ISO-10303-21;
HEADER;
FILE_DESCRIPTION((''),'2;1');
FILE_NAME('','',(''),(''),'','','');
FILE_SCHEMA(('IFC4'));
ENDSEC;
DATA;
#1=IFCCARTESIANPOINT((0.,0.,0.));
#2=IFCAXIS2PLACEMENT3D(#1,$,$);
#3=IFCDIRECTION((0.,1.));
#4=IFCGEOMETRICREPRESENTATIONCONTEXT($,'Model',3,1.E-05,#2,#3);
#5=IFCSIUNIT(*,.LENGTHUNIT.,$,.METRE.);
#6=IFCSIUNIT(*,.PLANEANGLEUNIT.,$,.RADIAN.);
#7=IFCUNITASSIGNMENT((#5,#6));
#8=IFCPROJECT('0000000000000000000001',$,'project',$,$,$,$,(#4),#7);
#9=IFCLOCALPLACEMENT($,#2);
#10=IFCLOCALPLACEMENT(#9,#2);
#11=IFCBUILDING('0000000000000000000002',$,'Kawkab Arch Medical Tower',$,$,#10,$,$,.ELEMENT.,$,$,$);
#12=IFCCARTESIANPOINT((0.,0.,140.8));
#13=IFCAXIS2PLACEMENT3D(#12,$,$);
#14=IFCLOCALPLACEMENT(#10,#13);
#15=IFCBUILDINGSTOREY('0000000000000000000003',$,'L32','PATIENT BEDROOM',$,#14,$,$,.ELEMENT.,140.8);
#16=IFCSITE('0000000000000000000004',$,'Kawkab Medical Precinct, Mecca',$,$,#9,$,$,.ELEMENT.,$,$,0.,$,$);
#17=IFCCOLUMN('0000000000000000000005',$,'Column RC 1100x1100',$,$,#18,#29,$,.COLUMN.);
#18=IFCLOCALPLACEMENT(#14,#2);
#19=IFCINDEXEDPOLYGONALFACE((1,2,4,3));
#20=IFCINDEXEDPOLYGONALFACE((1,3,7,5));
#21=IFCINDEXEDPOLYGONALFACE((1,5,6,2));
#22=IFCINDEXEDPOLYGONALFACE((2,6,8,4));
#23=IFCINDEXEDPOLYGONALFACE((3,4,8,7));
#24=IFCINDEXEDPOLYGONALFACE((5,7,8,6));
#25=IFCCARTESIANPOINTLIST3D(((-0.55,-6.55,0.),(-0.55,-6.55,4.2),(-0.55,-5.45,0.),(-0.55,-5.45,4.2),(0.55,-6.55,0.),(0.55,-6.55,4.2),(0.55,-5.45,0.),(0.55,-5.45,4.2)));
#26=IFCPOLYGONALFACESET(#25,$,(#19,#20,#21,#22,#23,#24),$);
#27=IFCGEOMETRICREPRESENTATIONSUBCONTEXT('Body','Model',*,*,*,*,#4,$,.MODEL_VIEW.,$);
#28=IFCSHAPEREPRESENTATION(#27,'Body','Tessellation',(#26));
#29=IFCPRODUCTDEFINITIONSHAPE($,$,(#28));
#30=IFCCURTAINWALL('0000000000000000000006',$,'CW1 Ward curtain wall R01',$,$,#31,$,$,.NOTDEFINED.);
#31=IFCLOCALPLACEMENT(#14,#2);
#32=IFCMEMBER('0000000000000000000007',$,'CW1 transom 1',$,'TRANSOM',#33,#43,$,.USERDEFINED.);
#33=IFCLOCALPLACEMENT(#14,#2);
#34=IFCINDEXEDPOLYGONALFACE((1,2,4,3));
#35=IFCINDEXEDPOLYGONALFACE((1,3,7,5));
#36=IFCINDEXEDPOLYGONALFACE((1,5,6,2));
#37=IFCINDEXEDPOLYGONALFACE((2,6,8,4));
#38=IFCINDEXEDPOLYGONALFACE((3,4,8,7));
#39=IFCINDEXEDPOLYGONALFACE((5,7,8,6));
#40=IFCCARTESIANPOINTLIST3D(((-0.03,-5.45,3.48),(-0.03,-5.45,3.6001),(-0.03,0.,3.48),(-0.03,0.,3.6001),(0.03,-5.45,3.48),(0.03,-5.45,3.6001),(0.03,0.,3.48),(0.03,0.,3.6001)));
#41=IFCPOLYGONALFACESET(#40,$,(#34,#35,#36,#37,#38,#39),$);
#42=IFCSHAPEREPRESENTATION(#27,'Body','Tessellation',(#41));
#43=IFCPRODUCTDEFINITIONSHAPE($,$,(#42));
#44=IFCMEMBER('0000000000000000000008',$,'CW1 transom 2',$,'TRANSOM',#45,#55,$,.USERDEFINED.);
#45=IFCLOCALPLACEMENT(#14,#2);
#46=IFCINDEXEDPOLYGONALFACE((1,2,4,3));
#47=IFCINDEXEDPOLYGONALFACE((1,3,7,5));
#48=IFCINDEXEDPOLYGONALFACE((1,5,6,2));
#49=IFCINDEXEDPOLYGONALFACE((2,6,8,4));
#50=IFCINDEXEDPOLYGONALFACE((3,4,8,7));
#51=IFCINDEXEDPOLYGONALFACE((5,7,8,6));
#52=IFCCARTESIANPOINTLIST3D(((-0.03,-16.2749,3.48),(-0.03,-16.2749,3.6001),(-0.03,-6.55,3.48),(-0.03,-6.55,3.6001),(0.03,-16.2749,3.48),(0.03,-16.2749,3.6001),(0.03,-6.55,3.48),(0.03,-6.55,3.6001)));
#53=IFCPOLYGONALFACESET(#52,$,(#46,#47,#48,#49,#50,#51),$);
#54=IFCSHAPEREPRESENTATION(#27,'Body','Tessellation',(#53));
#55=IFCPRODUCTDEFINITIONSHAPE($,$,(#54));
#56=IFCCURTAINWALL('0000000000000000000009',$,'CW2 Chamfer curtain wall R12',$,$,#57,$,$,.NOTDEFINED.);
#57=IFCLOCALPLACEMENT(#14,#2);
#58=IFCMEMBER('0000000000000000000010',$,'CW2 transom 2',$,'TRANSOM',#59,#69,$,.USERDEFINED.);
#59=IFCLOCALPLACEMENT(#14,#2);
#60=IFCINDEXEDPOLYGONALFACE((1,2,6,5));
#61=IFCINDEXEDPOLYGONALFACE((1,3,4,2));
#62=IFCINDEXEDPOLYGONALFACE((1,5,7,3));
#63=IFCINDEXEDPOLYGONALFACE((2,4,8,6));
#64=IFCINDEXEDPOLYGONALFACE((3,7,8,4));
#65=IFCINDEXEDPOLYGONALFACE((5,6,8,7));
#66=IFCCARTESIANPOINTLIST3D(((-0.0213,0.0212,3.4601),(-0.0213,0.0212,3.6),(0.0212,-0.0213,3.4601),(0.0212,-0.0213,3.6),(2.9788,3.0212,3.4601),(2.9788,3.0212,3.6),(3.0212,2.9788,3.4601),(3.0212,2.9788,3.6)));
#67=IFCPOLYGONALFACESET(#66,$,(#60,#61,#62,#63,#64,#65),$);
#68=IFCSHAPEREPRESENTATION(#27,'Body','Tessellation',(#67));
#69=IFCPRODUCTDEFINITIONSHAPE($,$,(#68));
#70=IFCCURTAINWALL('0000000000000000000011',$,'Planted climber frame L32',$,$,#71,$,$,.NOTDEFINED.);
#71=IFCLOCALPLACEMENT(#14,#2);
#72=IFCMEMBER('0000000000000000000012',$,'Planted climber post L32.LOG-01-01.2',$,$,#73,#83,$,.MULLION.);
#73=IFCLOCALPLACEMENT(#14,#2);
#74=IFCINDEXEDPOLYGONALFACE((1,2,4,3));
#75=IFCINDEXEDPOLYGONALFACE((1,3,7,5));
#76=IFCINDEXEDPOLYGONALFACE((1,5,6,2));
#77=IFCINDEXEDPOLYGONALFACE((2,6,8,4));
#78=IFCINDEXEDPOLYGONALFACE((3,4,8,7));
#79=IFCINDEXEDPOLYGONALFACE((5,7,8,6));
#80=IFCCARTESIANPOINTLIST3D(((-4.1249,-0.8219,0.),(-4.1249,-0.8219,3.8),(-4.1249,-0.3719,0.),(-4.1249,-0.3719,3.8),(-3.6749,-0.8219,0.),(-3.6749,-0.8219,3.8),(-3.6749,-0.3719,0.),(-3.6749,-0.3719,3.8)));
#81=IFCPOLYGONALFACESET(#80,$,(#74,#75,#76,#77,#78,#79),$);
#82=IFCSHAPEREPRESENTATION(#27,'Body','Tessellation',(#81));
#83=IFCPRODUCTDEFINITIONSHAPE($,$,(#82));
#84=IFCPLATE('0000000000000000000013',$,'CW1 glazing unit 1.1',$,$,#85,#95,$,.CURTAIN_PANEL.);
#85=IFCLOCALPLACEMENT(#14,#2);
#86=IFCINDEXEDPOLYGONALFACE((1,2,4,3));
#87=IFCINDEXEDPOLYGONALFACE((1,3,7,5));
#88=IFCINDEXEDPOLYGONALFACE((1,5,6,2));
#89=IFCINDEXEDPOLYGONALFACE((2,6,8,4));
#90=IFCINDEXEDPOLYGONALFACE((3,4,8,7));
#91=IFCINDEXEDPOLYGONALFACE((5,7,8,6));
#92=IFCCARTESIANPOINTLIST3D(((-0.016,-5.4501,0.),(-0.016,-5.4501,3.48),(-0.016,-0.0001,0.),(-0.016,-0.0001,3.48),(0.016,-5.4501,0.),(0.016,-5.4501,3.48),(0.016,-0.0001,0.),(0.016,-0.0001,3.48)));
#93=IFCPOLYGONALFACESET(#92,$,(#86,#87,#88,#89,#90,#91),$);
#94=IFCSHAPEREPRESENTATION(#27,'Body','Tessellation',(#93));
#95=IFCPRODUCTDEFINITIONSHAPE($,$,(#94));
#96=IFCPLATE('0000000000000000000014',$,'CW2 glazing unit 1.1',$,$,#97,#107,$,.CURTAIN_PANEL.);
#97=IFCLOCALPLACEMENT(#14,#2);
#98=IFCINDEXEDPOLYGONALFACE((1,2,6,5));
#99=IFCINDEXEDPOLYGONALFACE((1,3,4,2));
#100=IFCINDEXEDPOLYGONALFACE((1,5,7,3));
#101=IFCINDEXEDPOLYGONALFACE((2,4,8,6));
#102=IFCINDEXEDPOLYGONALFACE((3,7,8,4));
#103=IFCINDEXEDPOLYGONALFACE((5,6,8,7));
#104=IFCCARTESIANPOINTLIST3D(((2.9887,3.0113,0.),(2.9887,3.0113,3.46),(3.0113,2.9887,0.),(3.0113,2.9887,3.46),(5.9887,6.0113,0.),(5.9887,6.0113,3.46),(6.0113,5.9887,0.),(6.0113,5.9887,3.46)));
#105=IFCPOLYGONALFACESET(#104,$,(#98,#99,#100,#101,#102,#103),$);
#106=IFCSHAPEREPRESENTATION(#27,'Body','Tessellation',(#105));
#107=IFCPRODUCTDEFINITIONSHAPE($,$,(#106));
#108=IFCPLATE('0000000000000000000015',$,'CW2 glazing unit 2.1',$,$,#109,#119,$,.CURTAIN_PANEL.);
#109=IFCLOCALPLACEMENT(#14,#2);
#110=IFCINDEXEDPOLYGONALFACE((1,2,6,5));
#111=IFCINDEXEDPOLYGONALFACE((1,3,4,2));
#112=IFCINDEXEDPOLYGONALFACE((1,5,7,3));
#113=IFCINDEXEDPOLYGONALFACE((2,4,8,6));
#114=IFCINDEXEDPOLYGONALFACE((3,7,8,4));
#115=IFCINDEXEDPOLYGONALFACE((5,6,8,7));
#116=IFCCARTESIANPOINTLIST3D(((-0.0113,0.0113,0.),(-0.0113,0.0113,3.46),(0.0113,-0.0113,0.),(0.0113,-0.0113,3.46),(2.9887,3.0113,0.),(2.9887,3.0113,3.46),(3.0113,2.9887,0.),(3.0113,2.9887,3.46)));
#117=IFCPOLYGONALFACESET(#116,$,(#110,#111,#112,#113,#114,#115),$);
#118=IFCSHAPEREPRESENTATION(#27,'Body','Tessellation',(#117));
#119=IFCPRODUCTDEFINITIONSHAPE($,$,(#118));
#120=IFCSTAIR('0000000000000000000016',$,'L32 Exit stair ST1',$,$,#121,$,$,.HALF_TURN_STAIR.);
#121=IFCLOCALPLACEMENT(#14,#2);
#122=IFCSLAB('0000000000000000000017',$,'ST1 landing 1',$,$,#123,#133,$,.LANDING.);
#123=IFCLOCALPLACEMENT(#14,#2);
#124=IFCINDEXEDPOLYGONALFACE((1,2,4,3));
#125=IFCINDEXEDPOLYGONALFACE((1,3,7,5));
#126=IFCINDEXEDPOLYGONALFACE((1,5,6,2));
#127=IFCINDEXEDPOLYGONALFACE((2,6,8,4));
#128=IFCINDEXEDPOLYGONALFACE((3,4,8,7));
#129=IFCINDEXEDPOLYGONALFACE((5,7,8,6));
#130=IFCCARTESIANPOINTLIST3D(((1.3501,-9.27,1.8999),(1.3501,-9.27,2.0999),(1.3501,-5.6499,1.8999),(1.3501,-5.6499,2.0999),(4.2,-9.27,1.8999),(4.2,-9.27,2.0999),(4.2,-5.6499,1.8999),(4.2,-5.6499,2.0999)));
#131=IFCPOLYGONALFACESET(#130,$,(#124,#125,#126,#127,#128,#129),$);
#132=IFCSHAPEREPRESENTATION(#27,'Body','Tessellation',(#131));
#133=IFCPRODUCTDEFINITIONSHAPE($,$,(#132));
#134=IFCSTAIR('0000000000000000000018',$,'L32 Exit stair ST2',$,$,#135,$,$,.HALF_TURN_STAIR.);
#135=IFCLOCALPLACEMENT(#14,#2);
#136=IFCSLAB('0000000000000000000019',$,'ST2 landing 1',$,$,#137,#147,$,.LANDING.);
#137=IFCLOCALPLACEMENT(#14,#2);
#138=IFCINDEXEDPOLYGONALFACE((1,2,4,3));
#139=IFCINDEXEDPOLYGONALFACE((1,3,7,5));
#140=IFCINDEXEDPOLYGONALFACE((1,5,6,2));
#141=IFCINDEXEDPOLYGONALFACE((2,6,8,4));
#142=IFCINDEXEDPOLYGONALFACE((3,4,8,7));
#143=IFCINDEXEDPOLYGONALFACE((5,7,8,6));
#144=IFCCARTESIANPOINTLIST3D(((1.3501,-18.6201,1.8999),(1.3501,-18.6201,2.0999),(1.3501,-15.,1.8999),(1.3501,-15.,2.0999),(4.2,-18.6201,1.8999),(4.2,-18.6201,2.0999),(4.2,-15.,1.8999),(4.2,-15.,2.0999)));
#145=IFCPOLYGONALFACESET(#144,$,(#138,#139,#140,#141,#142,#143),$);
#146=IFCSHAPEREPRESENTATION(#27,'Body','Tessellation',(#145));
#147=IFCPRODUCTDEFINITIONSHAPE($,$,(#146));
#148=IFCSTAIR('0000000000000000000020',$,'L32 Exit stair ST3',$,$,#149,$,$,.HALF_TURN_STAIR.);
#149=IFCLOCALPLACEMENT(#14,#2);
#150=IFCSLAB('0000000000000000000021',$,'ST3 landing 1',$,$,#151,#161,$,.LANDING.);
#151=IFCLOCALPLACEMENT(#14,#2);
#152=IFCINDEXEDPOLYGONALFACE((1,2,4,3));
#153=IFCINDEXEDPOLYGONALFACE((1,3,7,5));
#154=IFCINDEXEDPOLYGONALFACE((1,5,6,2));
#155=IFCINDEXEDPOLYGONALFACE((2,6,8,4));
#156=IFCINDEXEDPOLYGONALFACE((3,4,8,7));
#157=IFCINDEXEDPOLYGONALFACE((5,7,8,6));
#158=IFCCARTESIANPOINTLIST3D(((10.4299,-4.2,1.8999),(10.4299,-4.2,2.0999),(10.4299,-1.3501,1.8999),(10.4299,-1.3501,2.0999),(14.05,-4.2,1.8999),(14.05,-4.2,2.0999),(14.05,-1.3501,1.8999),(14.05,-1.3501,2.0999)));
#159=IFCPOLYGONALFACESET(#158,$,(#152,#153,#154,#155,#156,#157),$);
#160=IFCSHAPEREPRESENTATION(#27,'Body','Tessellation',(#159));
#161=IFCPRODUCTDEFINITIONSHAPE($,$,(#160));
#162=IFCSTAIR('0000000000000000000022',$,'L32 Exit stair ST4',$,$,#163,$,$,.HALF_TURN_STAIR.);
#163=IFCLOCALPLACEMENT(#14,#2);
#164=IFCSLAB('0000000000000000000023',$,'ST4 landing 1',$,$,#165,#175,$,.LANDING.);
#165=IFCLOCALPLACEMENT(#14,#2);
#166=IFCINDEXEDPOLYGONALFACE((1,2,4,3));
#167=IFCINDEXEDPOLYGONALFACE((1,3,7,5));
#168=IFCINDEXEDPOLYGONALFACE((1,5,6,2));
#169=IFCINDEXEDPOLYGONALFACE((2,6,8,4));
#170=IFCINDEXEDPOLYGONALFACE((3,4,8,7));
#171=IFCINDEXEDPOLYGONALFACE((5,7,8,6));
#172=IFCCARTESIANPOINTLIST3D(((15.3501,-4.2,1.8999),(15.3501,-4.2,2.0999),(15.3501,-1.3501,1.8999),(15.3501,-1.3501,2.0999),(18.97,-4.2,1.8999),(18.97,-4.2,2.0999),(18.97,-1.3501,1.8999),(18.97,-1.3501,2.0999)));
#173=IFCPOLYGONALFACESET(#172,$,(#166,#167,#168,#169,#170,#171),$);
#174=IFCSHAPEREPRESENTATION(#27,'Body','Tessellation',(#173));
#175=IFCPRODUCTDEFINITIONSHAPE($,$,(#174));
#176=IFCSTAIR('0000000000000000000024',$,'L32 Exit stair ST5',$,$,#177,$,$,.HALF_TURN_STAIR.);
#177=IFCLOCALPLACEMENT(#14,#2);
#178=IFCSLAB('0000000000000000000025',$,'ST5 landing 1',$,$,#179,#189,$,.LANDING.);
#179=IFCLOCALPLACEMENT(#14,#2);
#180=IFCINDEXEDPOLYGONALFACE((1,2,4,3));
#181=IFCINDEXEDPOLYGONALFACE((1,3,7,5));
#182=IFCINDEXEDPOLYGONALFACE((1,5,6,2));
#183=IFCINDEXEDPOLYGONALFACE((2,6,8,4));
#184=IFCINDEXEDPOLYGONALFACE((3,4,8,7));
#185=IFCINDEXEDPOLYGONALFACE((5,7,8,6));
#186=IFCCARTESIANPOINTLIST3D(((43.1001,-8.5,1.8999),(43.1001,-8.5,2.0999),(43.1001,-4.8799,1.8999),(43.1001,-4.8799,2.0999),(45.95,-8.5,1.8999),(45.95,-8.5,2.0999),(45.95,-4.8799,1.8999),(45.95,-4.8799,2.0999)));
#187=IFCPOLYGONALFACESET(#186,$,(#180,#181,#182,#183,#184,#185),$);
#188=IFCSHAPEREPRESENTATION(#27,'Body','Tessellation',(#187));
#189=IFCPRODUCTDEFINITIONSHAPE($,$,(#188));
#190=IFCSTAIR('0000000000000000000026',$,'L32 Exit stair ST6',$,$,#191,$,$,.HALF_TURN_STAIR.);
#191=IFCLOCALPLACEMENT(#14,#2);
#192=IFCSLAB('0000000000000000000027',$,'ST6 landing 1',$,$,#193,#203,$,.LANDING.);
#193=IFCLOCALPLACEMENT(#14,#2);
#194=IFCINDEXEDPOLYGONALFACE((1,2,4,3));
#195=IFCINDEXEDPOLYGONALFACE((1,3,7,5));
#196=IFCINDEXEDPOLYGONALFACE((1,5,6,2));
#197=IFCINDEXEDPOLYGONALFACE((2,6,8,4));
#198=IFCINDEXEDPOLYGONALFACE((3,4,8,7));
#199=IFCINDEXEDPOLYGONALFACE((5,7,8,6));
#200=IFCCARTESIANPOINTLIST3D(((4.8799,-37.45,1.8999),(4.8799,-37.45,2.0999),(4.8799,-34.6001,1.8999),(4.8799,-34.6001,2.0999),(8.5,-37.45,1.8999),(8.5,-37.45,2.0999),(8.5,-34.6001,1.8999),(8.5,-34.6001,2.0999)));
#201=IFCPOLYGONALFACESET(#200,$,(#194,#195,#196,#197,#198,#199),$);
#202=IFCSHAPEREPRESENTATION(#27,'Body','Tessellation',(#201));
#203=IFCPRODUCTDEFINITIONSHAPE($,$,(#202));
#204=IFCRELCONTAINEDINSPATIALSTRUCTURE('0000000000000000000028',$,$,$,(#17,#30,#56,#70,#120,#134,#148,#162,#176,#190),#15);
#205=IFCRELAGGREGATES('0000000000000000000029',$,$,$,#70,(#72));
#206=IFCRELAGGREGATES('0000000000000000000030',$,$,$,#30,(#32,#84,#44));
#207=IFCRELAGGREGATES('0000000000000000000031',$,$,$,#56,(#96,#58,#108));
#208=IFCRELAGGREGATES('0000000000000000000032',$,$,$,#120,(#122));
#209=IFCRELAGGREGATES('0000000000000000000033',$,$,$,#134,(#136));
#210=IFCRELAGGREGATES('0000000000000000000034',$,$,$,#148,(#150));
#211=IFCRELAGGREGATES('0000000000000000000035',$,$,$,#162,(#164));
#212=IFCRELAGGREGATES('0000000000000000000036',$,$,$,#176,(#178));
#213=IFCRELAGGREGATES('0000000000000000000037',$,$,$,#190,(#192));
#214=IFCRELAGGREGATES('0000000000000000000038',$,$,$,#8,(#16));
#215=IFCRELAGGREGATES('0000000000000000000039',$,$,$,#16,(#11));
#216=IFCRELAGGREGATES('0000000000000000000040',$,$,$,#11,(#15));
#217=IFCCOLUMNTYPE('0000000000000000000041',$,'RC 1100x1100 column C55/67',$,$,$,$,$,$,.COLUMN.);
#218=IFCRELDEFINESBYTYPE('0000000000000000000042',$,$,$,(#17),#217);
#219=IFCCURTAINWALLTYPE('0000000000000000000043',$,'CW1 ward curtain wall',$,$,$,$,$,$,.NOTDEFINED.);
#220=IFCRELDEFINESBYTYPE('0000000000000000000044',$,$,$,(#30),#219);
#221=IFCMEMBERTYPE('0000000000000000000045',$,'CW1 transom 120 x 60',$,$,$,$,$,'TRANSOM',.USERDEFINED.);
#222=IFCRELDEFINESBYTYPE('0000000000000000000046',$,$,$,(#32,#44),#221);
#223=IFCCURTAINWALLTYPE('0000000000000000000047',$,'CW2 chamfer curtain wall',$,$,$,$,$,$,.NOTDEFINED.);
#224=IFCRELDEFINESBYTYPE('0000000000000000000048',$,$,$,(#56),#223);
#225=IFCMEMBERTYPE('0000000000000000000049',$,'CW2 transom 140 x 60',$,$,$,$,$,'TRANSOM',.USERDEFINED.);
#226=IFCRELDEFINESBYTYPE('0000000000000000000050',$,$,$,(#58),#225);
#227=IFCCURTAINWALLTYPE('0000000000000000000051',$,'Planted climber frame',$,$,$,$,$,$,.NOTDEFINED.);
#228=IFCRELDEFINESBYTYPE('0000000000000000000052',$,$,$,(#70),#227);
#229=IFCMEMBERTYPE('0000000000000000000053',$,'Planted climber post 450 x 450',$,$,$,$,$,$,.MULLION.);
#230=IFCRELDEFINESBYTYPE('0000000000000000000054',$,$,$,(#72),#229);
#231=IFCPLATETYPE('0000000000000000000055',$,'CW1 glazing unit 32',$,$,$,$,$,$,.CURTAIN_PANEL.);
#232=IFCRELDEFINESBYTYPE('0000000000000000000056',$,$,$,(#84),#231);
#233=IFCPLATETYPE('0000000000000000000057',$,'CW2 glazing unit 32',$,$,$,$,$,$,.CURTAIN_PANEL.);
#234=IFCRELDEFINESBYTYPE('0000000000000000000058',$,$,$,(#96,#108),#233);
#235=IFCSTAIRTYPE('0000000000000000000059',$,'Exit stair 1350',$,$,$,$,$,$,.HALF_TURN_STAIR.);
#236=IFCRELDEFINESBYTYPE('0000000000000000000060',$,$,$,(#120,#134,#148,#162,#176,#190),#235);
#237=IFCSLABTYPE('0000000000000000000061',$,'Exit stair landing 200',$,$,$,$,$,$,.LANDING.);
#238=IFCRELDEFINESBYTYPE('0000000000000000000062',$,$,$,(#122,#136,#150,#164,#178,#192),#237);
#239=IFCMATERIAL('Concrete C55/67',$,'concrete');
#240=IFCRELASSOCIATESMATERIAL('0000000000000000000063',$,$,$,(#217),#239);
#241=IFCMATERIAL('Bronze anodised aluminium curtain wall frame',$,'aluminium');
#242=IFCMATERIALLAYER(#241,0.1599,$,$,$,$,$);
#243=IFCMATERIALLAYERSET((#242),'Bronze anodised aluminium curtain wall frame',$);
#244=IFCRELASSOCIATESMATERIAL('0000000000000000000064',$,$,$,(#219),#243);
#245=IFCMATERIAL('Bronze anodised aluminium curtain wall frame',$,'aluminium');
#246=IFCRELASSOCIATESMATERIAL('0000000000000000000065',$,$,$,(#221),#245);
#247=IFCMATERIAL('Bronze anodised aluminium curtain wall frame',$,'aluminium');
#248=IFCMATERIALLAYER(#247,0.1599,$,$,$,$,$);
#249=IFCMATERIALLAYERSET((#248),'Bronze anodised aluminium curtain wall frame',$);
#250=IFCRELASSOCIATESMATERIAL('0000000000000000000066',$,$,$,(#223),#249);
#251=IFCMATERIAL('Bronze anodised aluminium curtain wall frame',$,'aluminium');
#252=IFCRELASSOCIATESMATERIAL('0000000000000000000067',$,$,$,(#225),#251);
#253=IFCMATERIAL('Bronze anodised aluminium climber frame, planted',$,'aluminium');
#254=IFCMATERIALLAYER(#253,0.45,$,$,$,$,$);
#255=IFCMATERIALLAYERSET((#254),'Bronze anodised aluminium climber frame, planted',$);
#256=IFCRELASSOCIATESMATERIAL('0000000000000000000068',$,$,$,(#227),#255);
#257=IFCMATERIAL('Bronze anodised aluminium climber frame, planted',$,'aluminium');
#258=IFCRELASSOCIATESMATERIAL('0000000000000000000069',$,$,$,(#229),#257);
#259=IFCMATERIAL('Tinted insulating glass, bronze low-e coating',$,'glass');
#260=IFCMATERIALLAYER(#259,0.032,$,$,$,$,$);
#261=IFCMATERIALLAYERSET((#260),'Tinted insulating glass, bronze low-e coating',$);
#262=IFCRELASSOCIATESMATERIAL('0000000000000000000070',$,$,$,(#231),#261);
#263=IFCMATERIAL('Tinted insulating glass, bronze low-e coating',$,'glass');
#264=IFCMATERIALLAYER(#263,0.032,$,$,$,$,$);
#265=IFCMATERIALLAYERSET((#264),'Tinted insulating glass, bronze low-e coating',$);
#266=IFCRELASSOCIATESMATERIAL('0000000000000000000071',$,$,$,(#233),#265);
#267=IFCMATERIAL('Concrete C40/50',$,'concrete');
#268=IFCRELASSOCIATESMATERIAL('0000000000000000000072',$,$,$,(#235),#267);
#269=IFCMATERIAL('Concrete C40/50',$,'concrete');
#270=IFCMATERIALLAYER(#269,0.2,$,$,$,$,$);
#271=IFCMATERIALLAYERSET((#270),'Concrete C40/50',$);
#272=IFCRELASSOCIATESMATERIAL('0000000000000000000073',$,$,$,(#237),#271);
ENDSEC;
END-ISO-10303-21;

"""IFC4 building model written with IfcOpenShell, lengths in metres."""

from ifc_helpers import new_model, si_unit, direction, frame, origin, origin_2d, place, context, subcontext, project, spatial, polyline, rectangle, outline, extrude, material, layer, layer_set, material_profile, profile_set, type_object, element, aggregate, save


model = new_model("IFC4")

# Units and contexts
model_context = context("Model", 3, precision=1e-05, world=origin(), true_north=direction((0.0, 1.0)))
body_context = subcontext(model_context, "Body", "Model", "MODEL_VIEW")
ifc_project = project(units=[si_unit("LENGTHUNIT", "METRE"), si_unit("PLANEANGLEUNIT", "RADIAN")], contexts=[model_context])

# Site, building, storey
site_placement = place(None, origin())
site = spatial("IfcSite", under=ifc_project, at=site_placement, Name="Kawkab Medical Precinct, Mecca", CompositionType="ELEMENT", RefElevation=0.0)
building_placement = place(site_placement, origin())
building = spatial("IfcBuilding", under=site, at=building_placement, Name="Kawkab Arch Medical Tower", CompositionType="ELEMENT")
storey_placement = place(building_placement, frame((0.0, 0.0, 140.8)))
storey = spatial("IfcBuildingStorey", under=building, at=storey_placement, Name="L32", Description="PATIENT BEDROOM", CompositionType="ELEMENT", Elevation=140.8)

# Column
ifc_material_1 = material(Name="Concrete C55/67", Category="concrete")
ifc_material_profile_1 = material_profile(ifc_material_1, rectangle(XDim=1.1001, YDim=1.1001, at=origin_2d()), Name="RC 1100x1100")
ifc_profile_set_1 = profile_set([ifc_material_profile_1], Name="Concrete C55/67")
column_type = type_object("IfcColumnType", Name="RC 1100x1100 column C55/67", PredefinedType="COLUMN", material=ifc_profile_set_1)
column_placement = place(storey_placement, frame((0.0, -6.0, 0.0), z_axis=(0.0, 0.0, 1.0), x_axis=(1.0, 0.0, 0.0)))
element("IfcColumn", 1, at=column_placement, inside=storey, type_object=column_type, Name="Column RC 1100x1100", PredefinedType="COLUMN", context=body_context, shape_type="SweptSolid", body=[
    extrude(rectangle(XDim=1.1001, YDim=1.1001, at=origin_2d()), origin(), (0.0, 0.0, 1.0), 4.2),
])

# Curtain wall, members
ifc_material_2 = material(Name="Bronze anodised aluminium curtain wall frame", Category="aluminium")
ifc_layer_1 = layer(ifc_material_2, 0.1599)
ifc_layer_set_1 = layer_set([ifc_layer_1], Name="Bronze anodised aluminium curtain wall frame")
curtain_wall_type_1 = type_object("IfcCurtainWallType", Name="CW1 ward curtain wall", PredefinedType="NOTDEFINED", material=ifc_layer_set_1)
placement_1 = place(storey_placement, origin())
curtain_wall_1 = element("IfcCurtainWall", 2, at=placement_1, inside=storey, type_object=curtain_wall_type_1, Name="CW1 Ward curtain wall R01", PredefinedType="NOTDEFINED")
ifc_material_3 = material(Name="Bronze anodised aluminium curtain wall frame", Category="aluminium")
ifc_material_profile_2 = material_profile(ifc_material_3, rectangle(XDim=0.0601, YDim=0.1201, at=origin_2d()), Name="AL 60x120")
ifc_profile_set_2 = profile_set([ifc_material_profile_2], Name="Bronze anodised aluminium curtain wall frame")
member_type_1 = type_object("IfcMemberType", Name="CW1 transom 120 x 60", ElementType="TRANSOM", PredefinedType="USERDEFINED", material=ifc_profile_set_2)
member_1_placement = place(storey_placement, frame((0.0, 0.0, 3.54), z_axis=(0.0, -1.0, 0.0), x_axis=(1.0, 0.0, 0.0)))
member_1 = element("IfcMember", 3, at=member_1_placement, type_object=member_type_1, Name="CW1 transom 1", ObjectType="TRANSOM", PredefinedType="USERDEFINED", context=body_context, shape_type="SweptSolid", body=[
    extrude(rectangle(XDim=0.0601, YDim=0.1201, at=origin_2d()), origin(), (0.0, 0.0, 1.0), 5.45),
])
member_2_placement = place(storey_placement, frame((0.0, -6.55, 3.54), z_axis=(0.0, -1.0, 0.0), x_axis=(1.0, 0.0, 0.0)))
member_2 = element("IfcMember", 4, at=member_2_placement, type_object=member_type_1, Name="CW1 transom 2", ObjectType="TRANSOM", PredefinedType="USERDEFINED", context=body_context, shape_type="SweptSolid", body=[
    extrude(rectangle(XDim=0.0601, YDim=0.1201, at=origin_2d()), origin(), (0.0, 0.0, 1.0), 9.7249),
])

# Curtain walls, members
ifc_material_4 = material(Name="Bronze anodised aluminium curtain wall frame", Category="aluminium")
ifc_layer_2 = layer(ifc_material_4, 0.1599)
ifc_layer_set_2 = layer_set([ifc_layer_2], Name="Bronze anodised aluminium curtain wall frame")
curtain_wall_type_2 = type_object("IfcCurtainWallType", Name="CW2 chamfer curtain wall", PredefinedType="NOTDEFINED", material=ifc_layer_set_2)
curtain_wall_2 = element("IfcCurtainWall", 5, at=placement_1, inside=storey, type_object=curtain_wall_type_2, Name="CW2 Chamfer curtain wall R12", PredefinedType="NOTDEFINED")
ifc_material_5 = material(Name="Bronze anodised aluminium curtain wall frame", Category="aluminium")
ifc_material_profile_3 = material_profile(ifc_material_5, rectangle(XDim=0.0601, YDim=0.1399, at=origin_2d()), Name="AL 60x140")
ifc_profile_set_3 = profile_set([ifc_material_profile_3], Name="Bronze anodised aluminium curtain wall frame")
member_type_2 = type_object("IfcMemberType", Name="CW2 transom 140 x 60", ElementType="TRANSOM", PredefinedType="USERDEFINED", material=ifc_profile_set_3)
member_3_placement = place(storey_placement, frame((3.0, 3.0, 3.53), z_axis=(-0.707107, -0.707107, 0.0), x_axis=(0.707107, -0.707107, 0.0)))
member_3 = element("IfcMember", 6, at=member_3_placement, type_object=member_type_2, Name="CW2 transom 2", ObjectType="TRANSOM", PredefinedType="USERDEFINED", context=body_context, shape_type="SweptSolid", body=[
    extrude(rectangle(XDim=0.0601, YDim=0.1399, at=origin_2d()), origin(), (0.0, 0.0, 1.0), 4.2427),
])
ifc_material_6 = material(Name="Bronze anodised aluminium climber frame, planted", Category="aluminium")
ifc_layer_3 = layer(ifc_material_6, 0.45)
ifc_layer_set_3 = layer_set([ifc_layer_3], Name="Bronze anodised aluminium climber frame, planted")
curtain_wall_type_3 = type_object("IfcCurtainWallType", Name="Planted climber frame", PredefinedType="NOTDEFINED", material=ifc_layer_set_3)
curtain_wall_3 = element("IfcCurtainWall", 7, at=placement_1, inside=storey, type_object=curtain_wall_type_3, Name="Planted climber frame L32", PredefinedType="NOTDEFINED")
ifc_material_7 = material(Name="Bronze anodised aluminium climber frame, planted", Category="aluminium")
ifc_material_profile_4 = material_profile(ifc_material_7, rectangle(XDim=0.45, YDim=0.45, at=origin_2d()), Name="Post 450x450")
ifc_profile_set_4 = profile_set([ifc_material_profile_4], Name="Bronze anodised aluminium climber frame, planted")
member_type_3 = type_object("IfcMemberType", Name="Planted climber post 450 x 450", PredefinedType="MULLION", material=ifc_profile_set_4)
member_4_placement = place(storey_placement, frame((-3.8999, -0.5969, 0.0), z_axis=(0.0, 0.0, 1.0), x_axis=(1.0, 0.0, 0.0)))
member_4 = element("IfcMember", 8, at=member_4_placement, type_object=member_type_3, Name="Planted climber post L32.LOG-01-01.2", PredefinedType="MULLION", context=body_context, shape_type="SweptSolid", body=[
    extrude(rectangle(XDim=0.45, YDim=0.45, at=origin_2d()), origin(), (0.0, 0.0, 1.0), 3.8),
])
aggregate(curtain_wall_3, [member_4])

# Plates
ifc_material_8 = material(Name="Tinted insulating glass, bronze low-e coating", Category="glass")
ifc_layer_4 = layer(ifc_material_8, 0.032)
ifc_layer_set_4 = layer_set([ifc_layer_4], Name="Tinted insulating glass, bronze low-e coating")
plate_type_1 = type_object("IfcPlateType", Name="CW1 glazing unit 32", PredefinedType="CURTAIN_PANEL", material=ifc_layer_set_4)
plate_1_placement = place(storey_placement, frame((0.0, -2.7251, 0.0), z_axis=(0.0, 0.0, 1.0), x_axis=(0.0, -1.0, 0.0)))
plate_1 = element("IfcPlate", 9, at=plate_1_placement, type_object=plate_type_1, Name="CW1 glazing unit 1.1", PredefinedType="CURTAIN_PANEL", context=body_context, shape_type="SweptSolid", body=[
    extrude(rectangle(XDim=5.45, YDim=0.032, at=origin_2d()), origin(), (0.0, 0.0, 1.0), 3.48),
])
aggregate(curtain_wall_1, [member_1, plate_1, member_2])
ifc_material_9 = material(Name="Tinted insulating glass, bronze low-e coating", Category="glass")
ifc_layer_5 = layer(ifc_material_9, 0.032)
ifc_layer_set_5 = layer_set([ifc_layer_5], Name="Tinted insulating glass, bronze low-e coating")
plate_type_2 = type_object("IfcPlateType", Name="CW2 glazing unit 32", PredefinedType="CURTAIN_PANEL", material=ifc_layer_set_5)
plate_2_placement = place(storey_placement, frame((4.5, 4.5, 0.0), z_axis=(0.0, 0.0, 1.0), x_axis=(-0.707107, -0.707107, 0.0)))
plate_2 = element("IfcPlate", 10, at=plate_2_placement, type_object=plate_type_2, Name="CW2 glazing unit 1.1", PredefinedType="CURTAIN_PANEL", context=body_context, shape_type="SweptSolid", body=[
    extrude(rectangle(XDim=4.2427, YDim=0.032, at=origin_2d()), origin(), (0.0, 0.0, 1.0), 3.46),
])
plate_3_placement = place(storey_placement, frame((1.5, 1.5, 0.0), z_axis=(0.0, 0.0, 1.0), x_axis=(-0.707107, -0.707107, 0.0)))
plate_3 = element("IfcPlate", 11, at=plate_3_placement, type_object=plate_type_2, Name="CW2 glazing unit 2.1", PredefinedType="CURTAIN_PANEL", context=body_context, shape_type="SweptSolid", body=[
    extrude(rectangle(XDim=4.2427, YDim=0.032, at=origin_2d()), origin(), (0.0, 0.0, 1.0), 3.46),
])
aggregate(curtain_wall_2, [plate_2, member_3, plate_3])

# Stairs, slabs
ifc_material_10 = material(Name="Concrete C40/50", Category="concrete")
stair_type = type_object("IfcStairType", Name="Exit stair 1350", PredefinedType="HALF_TURN_STAIR", material=ifc_material_10)
stair_1 = element("IfcStair", 12, at=placement_1, inside=storey, type_object=stair_type, Name="L32 Exit stair ST1", PredefinedType="HALF_TURN_STAIR")
ifc_material_11 = material(Name="Concrete C40/50", Category="concrete")
ifc_layer_6 = layer(ifc_material_11, 0.2)
ifc_layer_set_6 = layer_set([ifc_layer_6], Name="Concrete C40/50")
slab_type_1 = type_object("IfcSlabType", Name="Exit stair landing 200", PredefinedType="LANDING", material=ifc_layer_set_6)
placement_2 = place(storey_placement, frame((0.0, 0.0, 1.8999)))
slab_1 = element("IfcSlab", 13, at=placement_2, type_object=slab_type_1, Name="ST1 landing 1", PredefinedType="LANDING", context=body_context, shape_type="SweptSolid", body=[
    extrude(outline(polyline([(4.2, -9.27), (4.2, -5.6499), (1.3501, -5.6499), (1.3501, -9.27), (4.2, -9.27)])), origin(), (0.0, 0.0, 1.0), 0.2),
])
aggregate(stair_1, [slab_1])
stair_2 = element("IfcStair", 14, at=placement_1, inside=storey, type_object=stair_type, Name="L32 Exit stair ST2", PredefinedType="HALF_TURN_STAIR")
slab_2 = element("IfcSlab", 15, at=placement_2, type_object=slab_type_1, Name="ST2 landing 1", PredefinedType="LANDING", context=body_context, shape_type="SweptSolid", body=[
    extrude(outline(polyline([(4.2, -18.6201), (4.2, -15.0), (1.3501, -15.0), (1.3501, -18.6201), (4.2, -18.6201)])), origin(), (0.0, 0.0, 1.0), 0.2),
])
aggregate(stair_2, [slab_2])
stair_3 = element("IfcStair", 16, at=placement_1, inside=storey, type_object=stair_type, Name="L32 Exit stair ST3", PredefinedType="HALF_TURN_STAIR")
slab_3 = element("IfcSlab", 17, at=placement_2, type_object=slab_type_1, Name="ST3 landing 1", PredefinedType="LANDING", context=body_context, shape_type="SweptSolid", body=[
    extrude(outline(polyline([(10.4299, -4.2), (14.05, -4.2), (14.05, -1.3501), (10.4299, -1.3501), (10.4299, -4.2)])), origin(), (0.0, 0.0, 1.0), 0.2),
])
aggregate(stair_3, [slab_3])
stair_4 = element("IfcStair", 18, at=placement_1, inside=storey, type_object=stair_type, Name="L32 Exit stair ST4", PredefinedType="HALF_TURN_STAIR")
slab_4 = element("IfcSlab", 19, at=placement_2, type_object=slab_type_1, Name="ST4 landing 1", PredefinedType="LANDING", context=body_context, shape_type="SweptSolid", body=[
    extrude(outline(polyline([(18.97, -1.3501), (15.3501, -1.3501), (15.3501, -4.2), (18.97, -4.2), (18.97, -1.3501)])), origin(), (0.0, 0.0, 1.0), 0.2),
])
aggregate(stair_4, [slab_4])
stair_5 = element("IfcStair", 20, at=placement_1, inside=storey, type_object=stair_type, Name="L32 Exit stair ST5", PredefinedType="HALF_TURN_STAIR")
slab_5 = element("IfcSlab", 21, at=placement_2, type_object=slab_type_1, Name="ST5 landing 1", PredefinedType="LANDING", context=body_context, shape_type="SweptSolid", body=[
    extrude(outline(polyline([(43.1001, -4.8799), (43.1001, -8.5), (45.95, -8.5), (45.95, -4.8799), (43.1001, -4.8799)])), origin(), (0.0, 0.0, 1.0), 0.2),
])
aggregate(stair_5, [slab_5])
stair_6 = element("IfcStair", 22, at=placement_1, inside=storey, type_object=stair_type, Name="L32 Exit stair ST6", PredefinedType="HALF_TURN_STAIR")
slab_6 = element("IfcSlab", 23, at=placement_2, type_object=slab_type_1, Name="ST6 landing 1", PredefinedType="LANDING", context=body_context, shape_type="SweptSolid", body=[
    extrude(outline(polyline([(4.8799, -37.45), (8.5, -37.45), (8.5, -34.6001), (4.8799, -34.6001), (4.8799, -37.45)])), origin(), (0.0, 0.0, 1.0), 0.2),
])
aggregate(stair_6, [slab_6])

save(model, "model.ifc")
